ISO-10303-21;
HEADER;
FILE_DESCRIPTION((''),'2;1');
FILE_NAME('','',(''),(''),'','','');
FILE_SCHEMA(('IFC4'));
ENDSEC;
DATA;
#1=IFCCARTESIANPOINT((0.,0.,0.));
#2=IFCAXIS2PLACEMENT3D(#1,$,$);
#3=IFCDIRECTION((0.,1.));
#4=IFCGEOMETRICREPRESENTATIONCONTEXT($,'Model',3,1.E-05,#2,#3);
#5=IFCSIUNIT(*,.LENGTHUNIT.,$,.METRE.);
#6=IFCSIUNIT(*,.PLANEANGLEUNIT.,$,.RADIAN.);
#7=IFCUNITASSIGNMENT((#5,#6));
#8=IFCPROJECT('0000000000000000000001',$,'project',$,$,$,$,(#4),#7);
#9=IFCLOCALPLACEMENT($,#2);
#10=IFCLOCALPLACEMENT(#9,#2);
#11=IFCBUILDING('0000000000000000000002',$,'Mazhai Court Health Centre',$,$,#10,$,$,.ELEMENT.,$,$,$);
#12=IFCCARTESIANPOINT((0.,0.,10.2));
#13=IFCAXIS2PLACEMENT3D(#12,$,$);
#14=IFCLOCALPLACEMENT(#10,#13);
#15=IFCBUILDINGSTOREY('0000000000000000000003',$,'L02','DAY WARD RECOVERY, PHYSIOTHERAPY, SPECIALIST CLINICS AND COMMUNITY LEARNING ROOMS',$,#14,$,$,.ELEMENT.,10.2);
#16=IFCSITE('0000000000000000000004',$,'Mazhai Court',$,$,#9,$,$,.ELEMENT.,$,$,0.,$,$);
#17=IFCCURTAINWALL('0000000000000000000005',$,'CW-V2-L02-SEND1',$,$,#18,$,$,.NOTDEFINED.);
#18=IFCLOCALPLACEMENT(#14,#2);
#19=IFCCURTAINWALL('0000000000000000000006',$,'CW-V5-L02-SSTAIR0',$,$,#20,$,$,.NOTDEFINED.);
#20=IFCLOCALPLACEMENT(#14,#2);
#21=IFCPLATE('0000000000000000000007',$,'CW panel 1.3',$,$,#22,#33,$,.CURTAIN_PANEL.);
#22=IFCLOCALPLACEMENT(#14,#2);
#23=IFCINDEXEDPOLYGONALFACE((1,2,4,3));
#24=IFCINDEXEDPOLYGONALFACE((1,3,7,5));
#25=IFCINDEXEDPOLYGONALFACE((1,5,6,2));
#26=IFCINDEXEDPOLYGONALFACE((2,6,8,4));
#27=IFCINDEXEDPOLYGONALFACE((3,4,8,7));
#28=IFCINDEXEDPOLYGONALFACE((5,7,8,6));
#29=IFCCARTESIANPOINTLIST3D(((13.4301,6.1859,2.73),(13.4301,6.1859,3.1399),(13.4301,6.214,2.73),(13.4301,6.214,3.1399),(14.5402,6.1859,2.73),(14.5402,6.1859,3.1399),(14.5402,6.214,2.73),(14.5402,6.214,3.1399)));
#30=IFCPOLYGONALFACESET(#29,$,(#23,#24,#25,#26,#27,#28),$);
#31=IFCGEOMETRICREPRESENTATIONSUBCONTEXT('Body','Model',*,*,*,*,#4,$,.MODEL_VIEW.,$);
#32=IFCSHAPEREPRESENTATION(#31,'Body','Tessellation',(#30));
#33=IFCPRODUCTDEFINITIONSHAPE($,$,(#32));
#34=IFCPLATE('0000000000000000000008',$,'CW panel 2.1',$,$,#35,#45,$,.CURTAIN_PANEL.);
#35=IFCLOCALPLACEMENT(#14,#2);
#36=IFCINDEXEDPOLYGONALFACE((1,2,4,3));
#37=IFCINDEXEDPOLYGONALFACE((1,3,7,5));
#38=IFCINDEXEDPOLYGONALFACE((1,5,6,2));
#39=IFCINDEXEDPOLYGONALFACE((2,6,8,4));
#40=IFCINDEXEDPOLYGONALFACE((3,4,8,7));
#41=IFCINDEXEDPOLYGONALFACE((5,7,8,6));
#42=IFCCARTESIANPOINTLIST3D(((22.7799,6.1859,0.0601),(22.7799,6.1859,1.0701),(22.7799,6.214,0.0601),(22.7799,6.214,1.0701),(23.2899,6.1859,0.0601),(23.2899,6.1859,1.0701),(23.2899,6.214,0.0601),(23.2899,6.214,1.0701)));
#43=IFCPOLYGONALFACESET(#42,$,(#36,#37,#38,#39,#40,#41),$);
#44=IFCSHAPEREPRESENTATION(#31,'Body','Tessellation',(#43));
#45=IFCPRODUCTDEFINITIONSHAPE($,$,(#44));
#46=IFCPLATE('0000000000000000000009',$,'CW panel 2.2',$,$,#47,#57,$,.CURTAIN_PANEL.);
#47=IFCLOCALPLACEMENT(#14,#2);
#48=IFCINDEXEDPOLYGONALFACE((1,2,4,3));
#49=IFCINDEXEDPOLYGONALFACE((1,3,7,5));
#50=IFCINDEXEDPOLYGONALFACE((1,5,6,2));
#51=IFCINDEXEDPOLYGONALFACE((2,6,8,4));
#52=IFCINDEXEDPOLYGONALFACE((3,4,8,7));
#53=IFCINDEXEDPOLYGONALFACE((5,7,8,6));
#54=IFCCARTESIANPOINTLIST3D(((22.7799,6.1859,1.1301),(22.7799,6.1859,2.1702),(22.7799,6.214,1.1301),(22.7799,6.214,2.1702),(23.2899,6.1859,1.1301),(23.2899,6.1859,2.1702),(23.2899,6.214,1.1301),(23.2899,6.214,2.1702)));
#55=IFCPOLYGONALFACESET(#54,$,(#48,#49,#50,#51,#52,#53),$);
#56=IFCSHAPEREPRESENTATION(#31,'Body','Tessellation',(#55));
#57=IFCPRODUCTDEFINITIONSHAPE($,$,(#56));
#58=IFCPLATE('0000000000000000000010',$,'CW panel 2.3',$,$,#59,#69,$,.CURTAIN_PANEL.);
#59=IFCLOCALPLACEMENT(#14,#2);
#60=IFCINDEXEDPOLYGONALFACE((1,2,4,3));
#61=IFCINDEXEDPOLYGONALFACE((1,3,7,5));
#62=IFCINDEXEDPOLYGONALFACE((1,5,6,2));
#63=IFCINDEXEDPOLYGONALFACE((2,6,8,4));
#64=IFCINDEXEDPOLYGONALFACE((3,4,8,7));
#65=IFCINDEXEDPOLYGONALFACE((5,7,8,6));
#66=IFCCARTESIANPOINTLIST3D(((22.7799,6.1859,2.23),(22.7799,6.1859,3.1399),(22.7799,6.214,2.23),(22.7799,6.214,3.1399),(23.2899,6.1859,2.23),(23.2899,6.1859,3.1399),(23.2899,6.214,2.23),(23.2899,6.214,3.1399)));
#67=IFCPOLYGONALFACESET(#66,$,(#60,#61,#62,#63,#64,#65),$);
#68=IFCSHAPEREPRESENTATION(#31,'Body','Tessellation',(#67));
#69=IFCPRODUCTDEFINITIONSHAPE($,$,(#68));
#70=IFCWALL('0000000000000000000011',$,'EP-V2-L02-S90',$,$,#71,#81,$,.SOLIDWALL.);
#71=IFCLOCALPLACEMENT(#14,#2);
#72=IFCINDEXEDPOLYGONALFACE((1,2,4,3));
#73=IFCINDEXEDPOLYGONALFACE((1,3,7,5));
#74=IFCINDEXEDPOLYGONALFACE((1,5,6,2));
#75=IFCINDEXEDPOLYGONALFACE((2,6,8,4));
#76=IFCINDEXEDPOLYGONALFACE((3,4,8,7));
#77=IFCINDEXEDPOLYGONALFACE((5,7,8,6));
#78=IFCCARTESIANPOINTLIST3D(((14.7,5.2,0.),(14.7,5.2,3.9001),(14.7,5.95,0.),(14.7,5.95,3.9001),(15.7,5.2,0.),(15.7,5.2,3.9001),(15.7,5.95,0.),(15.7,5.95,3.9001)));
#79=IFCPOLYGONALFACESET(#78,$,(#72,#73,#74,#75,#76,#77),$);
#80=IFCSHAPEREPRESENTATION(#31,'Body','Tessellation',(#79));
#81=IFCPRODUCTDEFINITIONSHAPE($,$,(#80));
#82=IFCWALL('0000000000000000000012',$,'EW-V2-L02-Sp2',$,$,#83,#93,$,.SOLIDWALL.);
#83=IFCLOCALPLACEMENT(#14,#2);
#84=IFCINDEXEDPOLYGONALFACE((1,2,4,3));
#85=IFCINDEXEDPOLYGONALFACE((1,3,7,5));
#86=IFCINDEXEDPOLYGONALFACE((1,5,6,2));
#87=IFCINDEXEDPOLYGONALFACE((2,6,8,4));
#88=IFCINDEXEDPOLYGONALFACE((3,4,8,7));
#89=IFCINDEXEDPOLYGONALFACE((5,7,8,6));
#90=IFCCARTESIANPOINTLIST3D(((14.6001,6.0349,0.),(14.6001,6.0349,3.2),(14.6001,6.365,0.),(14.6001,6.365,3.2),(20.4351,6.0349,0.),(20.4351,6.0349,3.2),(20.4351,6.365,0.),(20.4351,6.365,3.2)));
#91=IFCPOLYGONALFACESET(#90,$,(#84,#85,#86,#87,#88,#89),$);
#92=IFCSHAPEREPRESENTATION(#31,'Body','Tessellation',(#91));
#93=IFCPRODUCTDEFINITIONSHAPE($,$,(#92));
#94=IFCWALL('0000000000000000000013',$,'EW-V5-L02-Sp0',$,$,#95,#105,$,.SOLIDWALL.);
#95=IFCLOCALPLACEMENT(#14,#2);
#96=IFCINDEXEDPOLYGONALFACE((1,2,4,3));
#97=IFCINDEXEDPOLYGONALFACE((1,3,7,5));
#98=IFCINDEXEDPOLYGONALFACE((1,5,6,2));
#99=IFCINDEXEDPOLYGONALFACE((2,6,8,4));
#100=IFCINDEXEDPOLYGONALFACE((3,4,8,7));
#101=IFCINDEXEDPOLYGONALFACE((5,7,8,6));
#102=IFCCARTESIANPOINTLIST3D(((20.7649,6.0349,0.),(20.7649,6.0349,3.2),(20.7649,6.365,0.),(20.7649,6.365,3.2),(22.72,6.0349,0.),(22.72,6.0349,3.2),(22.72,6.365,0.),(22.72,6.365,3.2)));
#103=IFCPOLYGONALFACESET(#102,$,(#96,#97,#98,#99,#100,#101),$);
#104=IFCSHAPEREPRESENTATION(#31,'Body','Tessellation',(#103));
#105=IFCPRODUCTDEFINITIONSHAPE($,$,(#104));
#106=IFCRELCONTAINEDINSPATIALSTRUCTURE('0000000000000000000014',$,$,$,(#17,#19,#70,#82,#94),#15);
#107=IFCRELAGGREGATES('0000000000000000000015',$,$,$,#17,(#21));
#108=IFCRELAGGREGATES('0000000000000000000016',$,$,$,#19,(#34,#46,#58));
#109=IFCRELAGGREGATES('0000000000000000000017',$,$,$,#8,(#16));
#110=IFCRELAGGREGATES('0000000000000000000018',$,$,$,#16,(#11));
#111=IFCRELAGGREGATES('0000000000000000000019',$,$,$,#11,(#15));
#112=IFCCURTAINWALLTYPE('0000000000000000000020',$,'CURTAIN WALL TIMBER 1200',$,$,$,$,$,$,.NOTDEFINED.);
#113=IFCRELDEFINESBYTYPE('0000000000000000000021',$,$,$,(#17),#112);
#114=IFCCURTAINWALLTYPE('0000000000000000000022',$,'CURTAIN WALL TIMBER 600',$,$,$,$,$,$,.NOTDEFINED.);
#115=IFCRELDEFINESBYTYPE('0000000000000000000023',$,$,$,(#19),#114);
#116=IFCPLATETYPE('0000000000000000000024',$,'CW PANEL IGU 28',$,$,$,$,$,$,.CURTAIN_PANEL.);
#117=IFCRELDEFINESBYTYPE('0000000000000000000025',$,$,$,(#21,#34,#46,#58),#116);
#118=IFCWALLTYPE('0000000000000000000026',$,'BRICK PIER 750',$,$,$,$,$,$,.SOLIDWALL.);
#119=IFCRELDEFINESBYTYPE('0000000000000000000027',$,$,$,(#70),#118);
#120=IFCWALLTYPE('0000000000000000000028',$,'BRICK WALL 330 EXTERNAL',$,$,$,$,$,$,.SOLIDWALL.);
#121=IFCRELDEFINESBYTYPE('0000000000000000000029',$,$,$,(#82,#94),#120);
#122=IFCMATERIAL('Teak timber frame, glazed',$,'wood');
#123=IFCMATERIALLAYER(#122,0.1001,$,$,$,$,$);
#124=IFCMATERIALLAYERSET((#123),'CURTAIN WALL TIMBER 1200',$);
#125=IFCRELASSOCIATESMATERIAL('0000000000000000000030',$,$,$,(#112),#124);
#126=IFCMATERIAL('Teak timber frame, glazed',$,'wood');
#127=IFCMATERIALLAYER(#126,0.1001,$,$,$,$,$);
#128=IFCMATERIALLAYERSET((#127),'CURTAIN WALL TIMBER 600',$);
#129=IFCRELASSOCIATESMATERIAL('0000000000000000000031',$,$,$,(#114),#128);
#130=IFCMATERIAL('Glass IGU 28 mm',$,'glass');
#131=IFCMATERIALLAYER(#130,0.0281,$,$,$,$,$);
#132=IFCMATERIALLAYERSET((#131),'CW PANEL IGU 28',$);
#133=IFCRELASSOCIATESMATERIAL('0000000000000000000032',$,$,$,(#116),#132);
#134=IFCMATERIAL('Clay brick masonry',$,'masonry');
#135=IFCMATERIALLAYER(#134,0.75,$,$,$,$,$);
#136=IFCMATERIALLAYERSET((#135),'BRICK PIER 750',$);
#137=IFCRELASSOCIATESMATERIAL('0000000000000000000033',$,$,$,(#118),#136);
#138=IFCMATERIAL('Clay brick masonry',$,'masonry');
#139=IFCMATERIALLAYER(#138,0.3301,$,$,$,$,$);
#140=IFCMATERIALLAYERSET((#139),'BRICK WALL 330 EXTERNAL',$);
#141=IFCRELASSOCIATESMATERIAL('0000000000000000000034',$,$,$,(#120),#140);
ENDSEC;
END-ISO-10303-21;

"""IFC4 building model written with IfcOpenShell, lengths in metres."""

from ifc_helpers import new_model, si_unit, direction, frame, frame_2d, origin, origin_2d, place, context, subcontext, project, spatial, rectangle, extrude, material, layer, layer_set, type_object, element, aggregate, save


model = new_model("IFC4")

# Units and contexts
model_context = context("Model", 3, precision=1e-05, world=origin(), true_north=direction((0.0, 1.0)))
body_context = subcontext(model_context, "Body", "Model", "MODEL_VIEW")
ifc_project = project(units=[si_unit("LENGTHUNIT", "METRE"), si_unit("PLANEANGLEUNIT", "RADIAN")], contexts=[model_context])

# Site, building, storey
site_placement = place(None, origin())
site = spatial("IfcSite", under=ifc_project, at=site_placement, Name="Mazhai Court", CompositionType="ELEMENT", RefElevation=0.0)
building_placement = place(site_placement, origin())
building = spatial("IfcBuilding", under=site, at=building_placement, Name="Mazhai Court Health Centre", CompositionType="ELEMENT")
storey_placement = place(building_placement, frame((0.0, 0.0, 10.2)))
storey = spatial("IfcBuildingStorey", under=building, at=storey_placement, Name="L02", Description="DAY WARD RECOVERY, PHYSIOTHERAPY, SPECIALIST CLINICS AND COMMUNITY LEARNING ROOMS", CompositionType="ELEMENT", Elevation=10.2)

# Curtain wall
ifc_material_1 = material(Name="Teak timber frame, glazed", Category="wood")
ifc_layer_1 = layer(ifc_material_1, 0.1001)
ifc_layer_set_1 = layer_set([ifc_layer_1], Name="CURTAIN WALL TIMBER 1200")
curtain_wall_type_1 = type_object("IfcCurtainWallType", Name="CURTAIN WALL TIMBER 1200", PredefinedType="NOTDEFINED", material=ifc_layer_set_1)
curtain_wall_1_placement = place(storey_placement, origin())
curtain_wall_1 = element("IfcCurtainWall", 1, at=curtain_wall_1_placement, inside=storey, type_object=curtain_wall_type_1, Name="CW-V2-L02-SEND1", PredefinedType="NOTDEFINED")

# Curtain wall
ifc_material_2 = material(Name="Teak timber frame, glazed", Category="wood")
ifc_layer_2 = layer(ifc_material_2, 0.1001)
ifc_layer_set_2 = layer_set([ifc_layer_2], Name="CURTAIN WALL TIMBER 600")
curtain_wall_type_2 = type_object("IfcCurtainWallType", Name="CURTAIN WALL TIMBER 600", PredefinedType="NOTDEFINED", material=ifc_layer_set_2)
curtain_wall_2_placement = place(storey_placement, origin())
curtain_wall_2 = element("IfcCurtainWall", 2, at=curtain_wall_2_placement, inside=storey, type_object=curtain_wall_type_2, Name="CW-V5-L02-SSTAIR0", PredefinedType="NOTDEFINED")

# Plates
ifc_material_3 = material(Name="Glass IGU 28 mm", Category="glass")
ifc_layer_3 = layer(ifc_material_3, 0.0281)
ifc_layer_set_3 = layer_set([ifc_layer_3], Name="CW PANEL IGU 28")
plate_type = type_object("IfcPlateType", Name="CW PANEL IGU 28", PredefinedType="CURTAIN_PANEL", material=ifc_layer_set_3)
plate_1_placement = place(storey_placement, frame((13.9851, 6.2, 2.73), z_axis=(0.0, 0.0, 1.0), x_axis=(-1.0, 0.0, 0.0)))
plate_1 = element("IfcPlate", 3, at=plate_1_placement, type_object=plate_type, Name="CW panel 1.3", PredefinedType="CURTAIN_PANEL", context=body_context, shape_type="SweptSolid", body=[
    extrude(rectangle(XDim=1.1101, YDim=0.0281, at=origin_2d()), origin(), (0.0, 0.0, 1.0), 0.4099),
])
aggregate(curtain_wall_1, [plate_1])
plate_2_placement = place(storey_placement, frame((23.0349, 6.2, 0.0601), z_axis=(0.0, 0.0, 1.0), x_axis=(-1.0, 0.0, 0.0)))
plate_2 = element("IfcPlate", 4, at=plate_2_placement, type_object=plate_type, Name="CW panel 2.1", PredefinedType="CURTAIN_PANEL", context=body_context, shape_type="SweptSolid", body=[
    extrude(rectangle(XDim=0.51, YDim=0.0281, at=origin_2d()), origin(), (0.0, 0.0, 1.0), 1.01),
])
plate_3_placement = place(storey_placement, frame((23.0349, 6.2, 1.1301), z_axis=(0.0, 0.0, 1.0), x_axis=(-1.0, 0.0, 0.0)))
plate_3 = element("IfcPlate", 5, at=plate_3_placement, type_object=plate_type, Name="CW panel 2.2", PredefinedType="CURTAIN_PANEL", context=body_context, shape_type="SweptSolid", body=[
    extrude(rectangle(XDim=0.51, YDim=0.0281, at=origin_2d()), origin(), (0.0, 0.0, 1.0), 1.04),
])
plate_4_placement = place(storey_placement, frame((23.0349, 6.2, 2.23), z_axis=(0.0, 0.0, 1.0), x_axis=(-1.0, 0.0, 0.0)))
plate_4 = element("IfcPlate", 6, at=plate_4_placement, type_object=plate_type, Name="CW panel 2.3", PredefinedType="CURTAIN_PANEL", context=body_context, shape_type="SweptSolid", body=[
    extrude(rectangle(XDim=0.51, YDim=0.0281, at=origin_2d()), origin(), (0.0, 0.0, 1.0), 0.9099),
])
aggregate(curtain_wall_2, [plate_2, plate_3, plate_4])

# Walls
ifc_material_4 = material(Name="Clay brick masonry", Category="masonry")
ifc_layer_4 = layer(ifc_material_4, 0.75)
ifc_layer_set_4 = layer_set([ifc_layer_4], Name="BRICK PIER 750")
wall_type_1 = type_object("IfcWallType", Name="BRICK PIER 750", PredefinedType="SOLIDWALL", material=ifc_layer_set_4)
wall_1_placement = place(storey_placement, frame((15.7, 5.575, 0.0), z_axis=(0.0, 0.0, 1.0), x_axis=(-1.0, 0.0, 0.0)))
element("IfcWall", 7, at=wall_1_placement, inside=storey, type_object=wall_type_1, Name="EP-V2-L02-S90", PredefinedType="SOLIDWALL", context=body_context, shape_type="SweptSolid", body=[
    extrude(rectangle(XDim=1.0, YDim=0.75, at=frame_2d((0.5, 0.0))), origin(), (0.0, 0.0, 1.0), 3.9001),
])
ifc_material_5 = material(Name="Clay brick masonry", Category="masonry")
ifc_layer_5 = layer(ifc_material_5, 0.3301)
ifc_layer_set_5 = layer_set([ifc_layer_5], Name="BRICK WALL 330 EXTERNAL")
wall_type_2 = type_object("IfcWallType", Name="BRICK WALL 330 EXTERNAL", PredefinedType="SOLIDWALL", material=ifc_layer_set_5)
wall_2_placement = place(storey_placement, frame((20.4351, 6.2, 0.0), z_axis=(0.0, 0.0, 1.0), x_axis=(-1.0, 0.0, 0.0)))
element("IfcWall", 8, at=wall_2_placement, inside=storey, type_object=wall_type_2, Name="EW-V2-L02-Sp2", PredefinedType="SOLIDWALL", context=body_context, shape_type="SweptSolid", body=[
    extrude(rectangle(XDim=5.835, YDim=0.3301, at=frame_2d((2.9175, 0.0))), origin(), (0.0, 0.0, 1.0), 3.2),
])
wall_3_placement = place(storey_placement, frame((22.72, 6.2, 0.0), z_axis=(0.0, 0.0, 1.0), x_axis=(-1.0, 0.0, 0.0)))
element("IfcWall", 9, at=wall_3_placement, inside=storey, type_object=wall_type_2, Name="EW-V5-L02-Sp0", PredefinedType="SOLIDWALL", context=body_context, shape_type="SweptSolid", body=[
    extrude(rectangle(XDim=1.9551, YDim=0.3301, at=frame_2d((0.9775, 0.0))), origin(), (0.0, 0.0, 1.0), 3.2),
])

save(model, "model.ifc")
